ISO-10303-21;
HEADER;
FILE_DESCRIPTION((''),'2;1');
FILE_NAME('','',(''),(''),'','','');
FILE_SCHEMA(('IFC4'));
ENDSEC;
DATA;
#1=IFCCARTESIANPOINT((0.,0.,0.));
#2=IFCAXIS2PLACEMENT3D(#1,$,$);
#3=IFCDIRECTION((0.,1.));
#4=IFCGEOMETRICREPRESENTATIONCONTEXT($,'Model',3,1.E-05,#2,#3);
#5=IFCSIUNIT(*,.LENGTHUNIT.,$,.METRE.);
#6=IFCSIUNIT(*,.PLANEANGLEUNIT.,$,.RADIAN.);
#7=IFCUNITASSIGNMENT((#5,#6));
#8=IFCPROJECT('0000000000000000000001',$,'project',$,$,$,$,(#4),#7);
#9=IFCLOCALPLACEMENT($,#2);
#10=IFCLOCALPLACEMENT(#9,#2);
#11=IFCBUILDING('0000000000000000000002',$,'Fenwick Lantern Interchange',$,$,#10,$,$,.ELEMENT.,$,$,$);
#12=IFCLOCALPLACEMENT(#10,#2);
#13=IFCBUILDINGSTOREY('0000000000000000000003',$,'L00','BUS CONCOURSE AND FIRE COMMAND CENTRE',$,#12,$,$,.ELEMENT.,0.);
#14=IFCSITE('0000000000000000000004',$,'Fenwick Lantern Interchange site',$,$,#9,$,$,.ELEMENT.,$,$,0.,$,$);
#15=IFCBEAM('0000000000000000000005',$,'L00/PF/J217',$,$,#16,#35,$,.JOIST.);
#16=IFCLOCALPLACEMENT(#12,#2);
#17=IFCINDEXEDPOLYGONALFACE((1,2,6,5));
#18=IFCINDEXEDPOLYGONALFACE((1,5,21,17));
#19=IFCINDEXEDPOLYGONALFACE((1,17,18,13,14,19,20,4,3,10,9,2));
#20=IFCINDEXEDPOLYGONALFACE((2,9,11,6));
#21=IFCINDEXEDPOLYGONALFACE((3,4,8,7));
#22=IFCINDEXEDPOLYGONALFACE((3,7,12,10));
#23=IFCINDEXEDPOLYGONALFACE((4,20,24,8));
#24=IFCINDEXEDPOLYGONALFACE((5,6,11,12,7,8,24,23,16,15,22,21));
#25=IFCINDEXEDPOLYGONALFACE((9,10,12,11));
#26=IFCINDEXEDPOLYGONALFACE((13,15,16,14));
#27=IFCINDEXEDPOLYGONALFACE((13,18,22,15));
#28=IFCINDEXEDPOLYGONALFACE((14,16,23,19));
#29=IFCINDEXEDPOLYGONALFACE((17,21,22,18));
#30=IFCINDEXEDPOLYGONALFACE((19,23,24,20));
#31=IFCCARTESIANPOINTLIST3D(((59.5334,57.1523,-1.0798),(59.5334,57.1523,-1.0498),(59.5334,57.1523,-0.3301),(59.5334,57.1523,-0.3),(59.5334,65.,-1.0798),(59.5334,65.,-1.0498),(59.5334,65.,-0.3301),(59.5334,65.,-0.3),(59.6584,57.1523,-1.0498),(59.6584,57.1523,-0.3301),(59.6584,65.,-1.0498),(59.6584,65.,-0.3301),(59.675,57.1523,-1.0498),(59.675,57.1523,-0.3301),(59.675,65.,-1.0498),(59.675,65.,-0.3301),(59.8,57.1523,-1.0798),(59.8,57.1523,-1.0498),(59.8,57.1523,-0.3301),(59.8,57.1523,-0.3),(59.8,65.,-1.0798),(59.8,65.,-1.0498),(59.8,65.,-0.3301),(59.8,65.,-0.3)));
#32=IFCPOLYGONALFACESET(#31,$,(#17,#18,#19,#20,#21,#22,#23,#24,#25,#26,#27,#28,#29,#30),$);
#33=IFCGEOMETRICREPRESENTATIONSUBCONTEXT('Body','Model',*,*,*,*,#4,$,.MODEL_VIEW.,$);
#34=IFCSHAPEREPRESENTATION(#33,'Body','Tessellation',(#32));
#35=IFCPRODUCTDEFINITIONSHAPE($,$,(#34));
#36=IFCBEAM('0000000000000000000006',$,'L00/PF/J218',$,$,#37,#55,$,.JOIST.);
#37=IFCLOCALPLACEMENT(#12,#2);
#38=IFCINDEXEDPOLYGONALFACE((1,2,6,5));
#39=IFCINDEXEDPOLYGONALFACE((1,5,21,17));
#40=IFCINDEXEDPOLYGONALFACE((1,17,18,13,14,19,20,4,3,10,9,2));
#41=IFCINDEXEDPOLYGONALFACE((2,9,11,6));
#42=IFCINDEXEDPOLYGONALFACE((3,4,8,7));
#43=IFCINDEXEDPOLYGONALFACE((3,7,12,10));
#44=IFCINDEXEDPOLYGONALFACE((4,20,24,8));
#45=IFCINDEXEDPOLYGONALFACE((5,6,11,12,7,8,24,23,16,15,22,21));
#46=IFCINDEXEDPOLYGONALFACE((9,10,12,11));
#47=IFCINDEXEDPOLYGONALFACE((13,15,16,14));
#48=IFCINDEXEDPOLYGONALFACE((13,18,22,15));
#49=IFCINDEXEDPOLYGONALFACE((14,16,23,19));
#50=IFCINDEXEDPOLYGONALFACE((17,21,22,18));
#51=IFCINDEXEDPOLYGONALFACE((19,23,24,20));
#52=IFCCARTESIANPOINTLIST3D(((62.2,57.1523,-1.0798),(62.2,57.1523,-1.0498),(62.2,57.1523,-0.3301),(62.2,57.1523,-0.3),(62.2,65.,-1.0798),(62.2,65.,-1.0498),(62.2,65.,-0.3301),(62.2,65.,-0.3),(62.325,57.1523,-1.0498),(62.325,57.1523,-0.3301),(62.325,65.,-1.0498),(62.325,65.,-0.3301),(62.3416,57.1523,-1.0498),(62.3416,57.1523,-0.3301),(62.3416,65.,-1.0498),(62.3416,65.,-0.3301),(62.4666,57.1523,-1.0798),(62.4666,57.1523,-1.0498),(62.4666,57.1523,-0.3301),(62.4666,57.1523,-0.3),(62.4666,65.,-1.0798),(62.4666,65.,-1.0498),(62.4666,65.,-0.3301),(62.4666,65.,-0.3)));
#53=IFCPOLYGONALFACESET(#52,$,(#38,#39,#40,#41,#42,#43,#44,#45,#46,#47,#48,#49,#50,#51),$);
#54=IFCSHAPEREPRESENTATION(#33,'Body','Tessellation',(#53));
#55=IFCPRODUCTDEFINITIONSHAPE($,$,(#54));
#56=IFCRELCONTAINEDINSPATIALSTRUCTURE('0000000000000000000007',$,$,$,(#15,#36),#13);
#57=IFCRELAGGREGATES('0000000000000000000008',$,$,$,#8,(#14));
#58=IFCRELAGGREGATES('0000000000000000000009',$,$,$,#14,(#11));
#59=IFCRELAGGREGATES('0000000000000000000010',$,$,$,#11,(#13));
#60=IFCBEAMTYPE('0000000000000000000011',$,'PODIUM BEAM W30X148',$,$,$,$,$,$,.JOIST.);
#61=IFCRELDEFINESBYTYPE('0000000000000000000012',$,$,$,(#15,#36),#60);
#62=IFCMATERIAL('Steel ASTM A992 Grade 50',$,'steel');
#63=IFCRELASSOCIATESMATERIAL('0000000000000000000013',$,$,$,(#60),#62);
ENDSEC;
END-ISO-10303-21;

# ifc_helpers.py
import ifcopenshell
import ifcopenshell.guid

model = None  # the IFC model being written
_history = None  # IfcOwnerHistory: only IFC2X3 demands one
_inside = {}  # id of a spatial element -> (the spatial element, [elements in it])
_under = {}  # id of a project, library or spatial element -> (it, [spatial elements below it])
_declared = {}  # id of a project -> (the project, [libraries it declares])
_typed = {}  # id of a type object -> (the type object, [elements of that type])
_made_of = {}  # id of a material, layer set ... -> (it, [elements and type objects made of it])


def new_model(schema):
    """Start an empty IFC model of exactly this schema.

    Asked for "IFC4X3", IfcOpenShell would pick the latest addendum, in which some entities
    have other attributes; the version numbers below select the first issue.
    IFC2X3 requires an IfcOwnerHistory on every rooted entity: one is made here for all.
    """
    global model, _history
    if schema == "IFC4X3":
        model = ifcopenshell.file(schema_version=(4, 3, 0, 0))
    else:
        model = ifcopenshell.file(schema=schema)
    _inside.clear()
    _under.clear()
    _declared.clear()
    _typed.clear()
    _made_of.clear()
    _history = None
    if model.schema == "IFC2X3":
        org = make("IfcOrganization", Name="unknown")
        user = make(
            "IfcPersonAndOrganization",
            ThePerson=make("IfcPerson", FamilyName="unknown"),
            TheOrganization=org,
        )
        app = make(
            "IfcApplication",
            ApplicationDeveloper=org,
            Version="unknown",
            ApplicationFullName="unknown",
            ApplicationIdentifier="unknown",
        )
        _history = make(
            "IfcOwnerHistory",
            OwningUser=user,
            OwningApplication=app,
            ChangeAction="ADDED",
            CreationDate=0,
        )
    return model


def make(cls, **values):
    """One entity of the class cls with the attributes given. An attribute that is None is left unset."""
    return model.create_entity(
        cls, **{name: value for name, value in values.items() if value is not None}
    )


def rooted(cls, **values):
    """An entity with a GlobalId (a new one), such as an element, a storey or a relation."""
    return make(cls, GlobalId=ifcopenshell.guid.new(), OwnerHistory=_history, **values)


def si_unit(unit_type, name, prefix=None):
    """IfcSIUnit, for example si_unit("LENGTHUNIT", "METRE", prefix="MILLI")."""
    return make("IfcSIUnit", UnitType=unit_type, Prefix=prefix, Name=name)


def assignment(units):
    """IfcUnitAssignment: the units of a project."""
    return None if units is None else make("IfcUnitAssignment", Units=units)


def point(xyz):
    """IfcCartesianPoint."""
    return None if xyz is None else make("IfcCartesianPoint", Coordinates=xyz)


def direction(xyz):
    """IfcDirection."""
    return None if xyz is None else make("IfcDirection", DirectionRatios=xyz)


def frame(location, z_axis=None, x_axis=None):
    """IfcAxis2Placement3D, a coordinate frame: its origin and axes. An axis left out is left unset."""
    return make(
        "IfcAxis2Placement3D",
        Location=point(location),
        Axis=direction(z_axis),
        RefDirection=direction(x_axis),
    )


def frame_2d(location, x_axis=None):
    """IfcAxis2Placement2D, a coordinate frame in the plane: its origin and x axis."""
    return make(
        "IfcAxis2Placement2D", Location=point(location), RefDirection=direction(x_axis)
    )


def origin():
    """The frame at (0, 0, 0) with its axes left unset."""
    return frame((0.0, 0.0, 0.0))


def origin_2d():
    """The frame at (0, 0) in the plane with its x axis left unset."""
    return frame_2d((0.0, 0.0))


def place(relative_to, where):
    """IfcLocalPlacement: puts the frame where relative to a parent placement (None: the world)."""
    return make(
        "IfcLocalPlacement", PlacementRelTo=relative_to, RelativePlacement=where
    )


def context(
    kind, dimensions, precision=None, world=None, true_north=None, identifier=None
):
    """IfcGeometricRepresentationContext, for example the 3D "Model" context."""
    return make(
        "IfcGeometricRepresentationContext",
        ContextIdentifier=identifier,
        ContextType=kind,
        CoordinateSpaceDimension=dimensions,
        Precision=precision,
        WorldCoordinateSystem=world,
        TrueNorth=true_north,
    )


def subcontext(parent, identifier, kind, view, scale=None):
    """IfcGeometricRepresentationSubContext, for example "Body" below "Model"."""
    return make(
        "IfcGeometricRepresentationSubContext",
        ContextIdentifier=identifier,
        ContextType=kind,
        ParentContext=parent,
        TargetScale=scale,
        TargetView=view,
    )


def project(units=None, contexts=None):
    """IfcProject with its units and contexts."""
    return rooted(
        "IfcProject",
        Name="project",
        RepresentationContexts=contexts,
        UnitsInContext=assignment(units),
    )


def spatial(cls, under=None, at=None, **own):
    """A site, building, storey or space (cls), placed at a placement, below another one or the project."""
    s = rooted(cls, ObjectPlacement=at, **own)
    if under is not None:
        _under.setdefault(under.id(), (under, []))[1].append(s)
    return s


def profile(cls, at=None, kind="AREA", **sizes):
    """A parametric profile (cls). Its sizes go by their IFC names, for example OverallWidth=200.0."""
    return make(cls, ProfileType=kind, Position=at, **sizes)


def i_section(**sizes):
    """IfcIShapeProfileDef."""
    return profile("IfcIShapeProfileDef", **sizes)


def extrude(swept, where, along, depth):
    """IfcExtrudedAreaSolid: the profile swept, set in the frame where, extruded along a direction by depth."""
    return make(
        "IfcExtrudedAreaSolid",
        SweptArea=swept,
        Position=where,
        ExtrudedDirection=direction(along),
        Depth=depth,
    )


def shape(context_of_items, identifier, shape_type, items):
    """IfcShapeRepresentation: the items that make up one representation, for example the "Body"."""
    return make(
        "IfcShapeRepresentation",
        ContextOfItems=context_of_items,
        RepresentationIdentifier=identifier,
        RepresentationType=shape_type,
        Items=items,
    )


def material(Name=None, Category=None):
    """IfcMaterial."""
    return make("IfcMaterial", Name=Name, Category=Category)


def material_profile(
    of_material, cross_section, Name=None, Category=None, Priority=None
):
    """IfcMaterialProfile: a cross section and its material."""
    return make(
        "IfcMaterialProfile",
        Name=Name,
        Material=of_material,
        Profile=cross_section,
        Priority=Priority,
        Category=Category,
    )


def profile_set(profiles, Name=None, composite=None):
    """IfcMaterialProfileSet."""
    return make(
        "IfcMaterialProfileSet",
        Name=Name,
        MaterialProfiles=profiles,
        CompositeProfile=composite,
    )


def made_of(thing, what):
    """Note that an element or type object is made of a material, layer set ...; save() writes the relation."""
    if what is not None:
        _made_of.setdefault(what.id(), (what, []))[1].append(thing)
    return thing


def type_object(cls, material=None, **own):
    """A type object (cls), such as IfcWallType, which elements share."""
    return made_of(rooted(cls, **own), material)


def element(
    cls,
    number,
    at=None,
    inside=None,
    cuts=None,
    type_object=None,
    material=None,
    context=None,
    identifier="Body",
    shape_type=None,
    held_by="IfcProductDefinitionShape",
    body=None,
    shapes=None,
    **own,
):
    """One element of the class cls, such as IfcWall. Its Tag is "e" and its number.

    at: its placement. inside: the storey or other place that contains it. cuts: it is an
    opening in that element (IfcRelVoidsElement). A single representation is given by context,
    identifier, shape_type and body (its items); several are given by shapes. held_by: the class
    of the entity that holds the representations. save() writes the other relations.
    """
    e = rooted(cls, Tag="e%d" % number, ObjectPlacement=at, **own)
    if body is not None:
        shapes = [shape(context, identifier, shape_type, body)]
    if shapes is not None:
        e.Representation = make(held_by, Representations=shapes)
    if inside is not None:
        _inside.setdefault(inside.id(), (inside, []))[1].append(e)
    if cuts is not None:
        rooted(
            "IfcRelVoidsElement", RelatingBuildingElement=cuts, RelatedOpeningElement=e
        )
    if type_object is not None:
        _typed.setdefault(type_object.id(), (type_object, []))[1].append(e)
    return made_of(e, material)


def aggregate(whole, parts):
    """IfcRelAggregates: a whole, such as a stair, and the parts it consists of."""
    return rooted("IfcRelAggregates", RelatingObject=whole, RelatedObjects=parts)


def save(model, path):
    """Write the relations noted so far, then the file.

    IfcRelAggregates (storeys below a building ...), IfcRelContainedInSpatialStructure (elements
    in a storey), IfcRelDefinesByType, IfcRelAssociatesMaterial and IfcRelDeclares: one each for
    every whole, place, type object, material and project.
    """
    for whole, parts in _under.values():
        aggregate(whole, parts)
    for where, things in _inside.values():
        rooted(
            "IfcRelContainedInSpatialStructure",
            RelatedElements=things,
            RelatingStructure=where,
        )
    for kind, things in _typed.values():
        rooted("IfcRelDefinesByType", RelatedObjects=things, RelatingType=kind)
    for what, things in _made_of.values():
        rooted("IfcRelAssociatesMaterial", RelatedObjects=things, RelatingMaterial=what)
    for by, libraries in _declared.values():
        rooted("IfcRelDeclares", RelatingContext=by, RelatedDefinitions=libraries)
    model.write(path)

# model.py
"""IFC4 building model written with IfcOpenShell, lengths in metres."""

from ifc_helpers import new_model, si_unit, direction, frame, origin, origin_2d, place, context, subcontext, project, spatial, i_section, extrude, material, material_profile, profile_set, type_object, element, save


model = new_model("IFC4")

# Units and contexts
model_context = context("Model", 3, precision=1e-05, world=origin(), true_north=direction((0.0, 1.0)))
body_context = subcontext(model_context, "Body", "Model", "MODEL_VIEW")
ifc_project = project(units=[si_unit("LENGTHUNIT", "METRE"), si_unit("PLANEANGLEUNIT", "RADIAN")], contexts=[model_context])

# Site, building, storey
site_placement = place(None, origin())
site = spatial("IfcSite", under=ifc_project, at=site_placement, Name="Fenwick Lantern Interchange site", CompositionType="ELEMENT", RefElevation=0.0)
building_placement = place(site_placement, origin())
building = spatial("IfcBuilding", under=site, at=building_placement, Name="Fenwick Lantern Interchange", CompositionType="ELEMENT")
storey_placement = place(building_placement, origin())
storey = spatial("IfcBuildingStorey", under=building, at=storey_placement, Name="L00", Description="BUS CONCOURSE AND FIRE COMMAND CENTRE", CompositionType="ELEMENT", Elevation=0.0)

# Shared definitions
ifc_material_1 = material(Name="Steel ASTM A992 Grade 50", Category="steel")

# Beams
ifc_material_profile_1 = material_profile(ifc_material_1, i_section(OverallWidth=0.2666, OverallDepth=0.7798, WebThickness=0.0166, FlangeThickness=0.03, at=origin_2d()), Name="W30X148")
ifc_profile_set_1 = profile_set([ifc_material_profile_1], Name="Steel ASTM A992 Grade 50")
beam_type_1 = type_object("IfcBeamType", Name="PODIUM BEAM W30X148", PredefinedType="JOIST", material=ifc_profile_set_1)
for number, where, z_axis, x_axis, name in (
    (1, (59.6667, 57.1523, -0.6899), (0.0, 1.0, 0.0), (-1.0, 0.0, 0.0), "L00/PF/J217"),
    (2, (62.3333, 57.1523, -0.6899), (0.0, 1.0, 0.0), (-1.0, 0.0, 0.0), "L00/PF/J218"),
):
    element("IfcBeam", number, at=place(storey_placement, frame(where, z_axis=z_axis, x_axis=x_axis)), inside=storey, type_object=beam_type_1, Name=name, PredefinedType="JOIST", context=body_context, shape_type="SweptSolid", body=[
        extrude(i_section(OverallWidth=0.2666, OverallDepth=0.7798, WebThickness=0.0166, FlangeThickness=0.03, at=origin_2d()), origin(), (0.0, 0.0, 1.0), 7.8477),
    ])

save(model, "model.ifc")
